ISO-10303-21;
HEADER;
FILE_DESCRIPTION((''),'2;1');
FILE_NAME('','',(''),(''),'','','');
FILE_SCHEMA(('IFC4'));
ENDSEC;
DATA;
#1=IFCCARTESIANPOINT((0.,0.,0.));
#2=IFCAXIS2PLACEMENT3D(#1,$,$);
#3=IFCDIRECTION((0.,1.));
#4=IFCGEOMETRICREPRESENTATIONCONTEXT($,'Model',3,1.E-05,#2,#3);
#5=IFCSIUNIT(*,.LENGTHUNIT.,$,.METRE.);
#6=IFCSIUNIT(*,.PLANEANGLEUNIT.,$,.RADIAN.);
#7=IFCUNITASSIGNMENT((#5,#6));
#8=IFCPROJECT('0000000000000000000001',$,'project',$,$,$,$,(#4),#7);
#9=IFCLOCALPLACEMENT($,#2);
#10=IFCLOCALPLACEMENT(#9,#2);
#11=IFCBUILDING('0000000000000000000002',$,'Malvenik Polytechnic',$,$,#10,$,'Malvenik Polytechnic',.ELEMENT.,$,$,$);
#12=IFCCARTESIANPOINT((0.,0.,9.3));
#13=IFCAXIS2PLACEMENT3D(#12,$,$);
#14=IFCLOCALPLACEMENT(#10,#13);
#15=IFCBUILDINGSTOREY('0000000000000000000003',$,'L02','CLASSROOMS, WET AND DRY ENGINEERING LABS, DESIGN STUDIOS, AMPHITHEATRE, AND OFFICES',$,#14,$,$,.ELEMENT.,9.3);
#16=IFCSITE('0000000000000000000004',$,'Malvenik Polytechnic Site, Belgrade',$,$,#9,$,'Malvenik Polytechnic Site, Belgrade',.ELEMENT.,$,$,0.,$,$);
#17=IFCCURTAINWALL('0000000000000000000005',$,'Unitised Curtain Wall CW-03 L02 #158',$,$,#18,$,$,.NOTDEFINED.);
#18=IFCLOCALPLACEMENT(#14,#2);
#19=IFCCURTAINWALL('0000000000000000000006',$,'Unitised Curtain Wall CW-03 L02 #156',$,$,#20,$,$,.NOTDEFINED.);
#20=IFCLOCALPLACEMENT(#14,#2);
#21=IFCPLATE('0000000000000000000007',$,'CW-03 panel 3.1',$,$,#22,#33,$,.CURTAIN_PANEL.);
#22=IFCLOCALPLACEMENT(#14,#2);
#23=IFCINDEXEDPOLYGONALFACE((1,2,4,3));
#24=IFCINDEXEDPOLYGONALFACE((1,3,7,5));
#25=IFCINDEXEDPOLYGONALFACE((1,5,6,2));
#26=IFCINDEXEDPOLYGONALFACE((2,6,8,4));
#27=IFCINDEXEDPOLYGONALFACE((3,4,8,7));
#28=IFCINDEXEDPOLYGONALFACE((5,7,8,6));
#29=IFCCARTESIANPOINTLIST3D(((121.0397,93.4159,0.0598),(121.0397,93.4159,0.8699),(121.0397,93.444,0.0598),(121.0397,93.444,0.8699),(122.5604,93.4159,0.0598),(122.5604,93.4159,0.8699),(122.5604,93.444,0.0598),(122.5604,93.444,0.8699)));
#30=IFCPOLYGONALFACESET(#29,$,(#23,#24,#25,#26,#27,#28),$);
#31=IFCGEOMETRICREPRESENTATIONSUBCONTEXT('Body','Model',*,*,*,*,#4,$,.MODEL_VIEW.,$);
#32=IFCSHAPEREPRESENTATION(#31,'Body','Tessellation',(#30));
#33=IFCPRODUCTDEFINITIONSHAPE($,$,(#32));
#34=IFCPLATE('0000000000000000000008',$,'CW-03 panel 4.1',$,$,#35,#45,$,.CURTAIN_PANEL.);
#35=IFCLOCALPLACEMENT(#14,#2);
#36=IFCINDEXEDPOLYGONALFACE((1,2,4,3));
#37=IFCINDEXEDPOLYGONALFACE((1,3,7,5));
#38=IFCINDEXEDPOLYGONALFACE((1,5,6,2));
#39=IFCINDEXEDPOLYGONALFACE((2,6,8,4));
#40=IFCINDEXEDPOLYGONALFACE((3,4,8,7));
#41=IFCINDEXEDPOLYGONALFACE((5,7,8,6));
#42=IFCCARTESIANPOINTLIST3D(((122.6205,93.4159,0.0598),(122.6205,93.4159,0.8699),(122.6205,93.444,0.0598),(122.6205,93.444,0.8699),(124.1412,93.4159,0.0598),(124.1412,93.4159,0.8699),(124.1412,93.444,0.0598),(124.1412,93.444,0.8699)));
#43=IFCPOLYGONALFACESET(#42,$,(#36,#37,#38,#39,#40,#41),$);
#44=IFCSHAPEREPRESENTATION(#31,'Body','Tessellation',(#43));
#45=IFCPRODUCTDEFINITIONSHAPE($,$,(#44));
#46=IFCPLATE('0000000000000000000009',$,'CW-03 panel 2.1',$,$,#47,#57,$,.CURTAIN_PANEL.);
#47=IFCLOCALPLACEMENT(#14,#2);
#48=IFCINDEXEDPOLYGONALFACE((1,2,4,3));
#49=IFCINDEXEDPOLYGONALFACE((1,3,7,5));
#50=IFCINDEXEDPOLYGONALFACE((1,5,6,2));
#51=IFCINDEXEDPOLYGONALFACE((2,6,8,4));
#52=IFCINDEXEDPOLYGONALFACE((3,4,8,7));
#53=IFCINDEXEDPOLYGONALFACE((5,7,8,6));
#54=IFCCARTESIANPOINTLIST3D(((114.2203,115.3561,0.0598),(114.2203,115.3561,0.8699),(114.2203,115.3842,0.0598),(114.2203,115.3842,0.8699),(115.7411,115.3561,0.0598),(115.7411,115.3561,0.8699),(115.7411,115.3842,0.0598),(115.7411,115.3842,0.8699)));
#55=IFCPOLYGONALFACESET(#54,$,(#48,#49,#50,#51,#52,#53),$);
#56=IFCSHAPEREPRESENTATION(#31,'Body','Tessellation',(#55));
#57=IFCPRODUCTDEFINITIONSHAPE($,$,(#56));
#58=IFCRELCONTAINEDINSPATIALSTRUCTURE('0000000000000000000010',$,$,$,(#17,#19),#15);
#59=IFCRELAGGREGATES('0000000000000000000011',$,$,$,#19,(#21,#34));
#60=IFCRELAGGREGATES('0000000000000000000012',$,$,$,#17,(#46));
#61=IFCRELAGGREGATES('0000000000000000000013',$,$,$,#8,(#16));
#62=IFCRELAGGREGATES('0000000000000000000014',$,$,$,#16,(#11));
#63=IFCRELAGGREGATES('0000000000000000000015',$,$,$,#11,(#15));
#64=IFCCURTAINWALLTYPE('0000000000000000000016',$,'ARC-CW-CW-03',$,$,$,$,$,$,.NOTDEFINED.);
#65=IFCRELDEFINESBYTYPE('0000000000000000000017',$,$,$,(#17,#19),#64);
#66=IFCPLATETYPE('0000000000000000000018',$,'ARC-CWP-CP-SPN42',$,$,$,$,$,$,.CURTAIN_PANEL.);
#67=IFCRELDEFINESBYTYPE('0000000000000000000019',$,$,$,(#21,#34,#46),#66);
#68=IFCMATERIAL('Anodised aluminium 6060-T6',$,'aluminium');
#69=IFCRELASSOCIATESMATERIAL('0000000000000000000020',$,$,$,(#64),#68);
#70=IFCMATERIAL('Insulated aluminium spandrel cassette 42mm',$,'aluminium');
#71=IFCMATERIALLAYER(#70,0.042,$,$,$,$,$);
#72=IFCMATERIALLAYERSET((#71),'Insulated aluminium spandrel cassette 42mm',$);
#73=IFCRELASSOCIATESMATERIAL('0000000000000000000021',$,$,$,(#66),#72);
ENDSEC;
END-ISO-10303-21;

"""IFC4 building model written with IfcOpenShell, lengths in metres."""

from ifc_helpers import new_model, si_unit, direction, frame, origin, origin_2d, place, context, subcontext, project, spatial, rectangle, extrude, material, layer, layer_set, type_object, element, aggregate, save


model = new_model("IFC4")

# Units and contexts
model_context = context("Model", 3, precision=1e-05, world=origin(), true_north=direction((0.0, 1.0)))
body_context = subcontext(model_context, "Body", "Model", "MODEL_VIEW")
ifc_project = project(units=[si_unit("LENGTHUNIT", "METRE"), si_unit("PLANEANGLEUNIT", "RADIAN")], contexts=[model_context])

# Site, building, storey
site_placement = place(None, origin())
site = spatial("IfcSite", under=ifc_project, at=site_placement, Name="Malvenik Polytechnic Site, Belgrade", LongName="Malvenik Polytechnic Site, Belgrade", CompositionType="ELEMENT", RefElevation=0.0)
building_placement = place(site_placement, origin())
building = spatial("IfcBuilding", under=site, at=building_placement, Name="Malvenik Polytechnic", LongName="Malvenik Polytechnic", CompositionType="ELEMENT")
storey_placement = place(building_placement, frame((0.0, 0.0, 9.3)))
storey = spatial("IfcBuildingStorey", under=building, at=storey_placement, Name="L02", Description="CLASSROOMS, WET AND DRY ENGINEERING LABS, DESIGN STUDIOS, AMPHITHEATRE, AND OFFICES", CompositionType="ELEMENT", Elevation=9.3)

# Curtain wall
ifc_material_1 = material(Name="Anodised aluminium 6060-T6", Category="aluminium")
curtain_wall_type = type_object("IfcCurtainWallType", Name="ARC-CW-CW-03", PredefinedType="NOTDEFINED", material=ifc_material_1)
curtain_wall_1_placement = place(storey_placement, origin())
curtain_wall_1 = element("IfcCurtainWall", 1, at=curtain_wall_1_placement, inside=storey, type_object=curtain_wall_type, Name="Unitised Curtain Wall CW-03 L02 #158", PredefinedType="NOTDEFINED")

# Curtain wall
curtain_wall_2_placement = place(storey_placement, origin())
curtain_wall_2 = element("IfcCurtainWall", 2, at=curtain_wall_2_placement, inside=storey, type_object=curtain_wall_type, Name="Unitised Curtain Wall CW-03 L02 #156", PredefinedType="NOTDEFINED")

# Plates
ifc_material_2 = material(Name="Insulated aluminium spandrel cassette 42mm", Category="aluminium")
ifc_layer_1 = layer(ifc_material_2, 0.042)
ifc_layer_set_1 = layer_set([ifc_layer_1], Name="Insulated aluminium spandrel cassette 42mm")
plate_type_1 = type_object("IfcPlateType", Name="ARC-CWP-CP-SPN42", PredefinedType="CURTAIN_PANEL", material=ifc_layer_set_1)
plate_1_placement = place(storey_placement, frame((121.8, 93.4299, 0.0598), z_axis=(0.0, 0.0, 1.0), x_axis=(1.0, 0.0, 0.0)))
plate_1 = element("IfcPlate", 3, at=plate_1_placement, type_object=plate_type_1, Name="CW-03 panel 3.1", PredefinedType="CURTAIN_PANEL", context=body_context, shape_type="SweptSolid", body=[
    extrude(rectangle(XDim=1.5208, YDim=0.0281, at=origin_2d()), origin(), (0.0, 0.0, 1.0), 0.8101),
])
plate_2_placement = place(storey_placement, frame((123.3809, 93.4299, 0.0598), z_axis=(0.0, 0.0, 1.0), x_axis=(1.0, 0.0, 0.0)))
plate_2 = element("IfcPlate", 4, at=plate_2_placement, type_object=plate_type_1, Name="CW-03 panel 4.1", PredefinedType="CURTAIN_PANEL", context=body_context, shape_type="SweptSolid", body=[
    extrude(rectangle(XDim=1.5208, YDim=0.0281, at=origin_2d()), origin(), (0.0, 0.0, 1.0), 0.8101),
])
aggregate(curtain_wall_2, [plate_1, plate_2])
plate_3_placement = place(storey_placement, frame((114.9807, 115.3701, 0.0598), z_axis=(0.0, 0.0, 1.0), x_axis=(-1.0, 0.0, 0.0)))
plate_3 = element("IfcPlate", 5, at=plate_3_placement, type_object=plate_type_1, Name="CW-03 panel 2.1", PredefinedType="CURTAIN_PANEL", context=body_context, shape_type="SweptSolid", body=[
    extrude(rectangle(XDim=1.5208, YDim=0.0281, at=origin_2d()), origin(), (0.0, 0.0, 1.0), 0.8101),
])
aggregate(curtain_wall_1, [plate_3])

save(model, "model.ifc")
